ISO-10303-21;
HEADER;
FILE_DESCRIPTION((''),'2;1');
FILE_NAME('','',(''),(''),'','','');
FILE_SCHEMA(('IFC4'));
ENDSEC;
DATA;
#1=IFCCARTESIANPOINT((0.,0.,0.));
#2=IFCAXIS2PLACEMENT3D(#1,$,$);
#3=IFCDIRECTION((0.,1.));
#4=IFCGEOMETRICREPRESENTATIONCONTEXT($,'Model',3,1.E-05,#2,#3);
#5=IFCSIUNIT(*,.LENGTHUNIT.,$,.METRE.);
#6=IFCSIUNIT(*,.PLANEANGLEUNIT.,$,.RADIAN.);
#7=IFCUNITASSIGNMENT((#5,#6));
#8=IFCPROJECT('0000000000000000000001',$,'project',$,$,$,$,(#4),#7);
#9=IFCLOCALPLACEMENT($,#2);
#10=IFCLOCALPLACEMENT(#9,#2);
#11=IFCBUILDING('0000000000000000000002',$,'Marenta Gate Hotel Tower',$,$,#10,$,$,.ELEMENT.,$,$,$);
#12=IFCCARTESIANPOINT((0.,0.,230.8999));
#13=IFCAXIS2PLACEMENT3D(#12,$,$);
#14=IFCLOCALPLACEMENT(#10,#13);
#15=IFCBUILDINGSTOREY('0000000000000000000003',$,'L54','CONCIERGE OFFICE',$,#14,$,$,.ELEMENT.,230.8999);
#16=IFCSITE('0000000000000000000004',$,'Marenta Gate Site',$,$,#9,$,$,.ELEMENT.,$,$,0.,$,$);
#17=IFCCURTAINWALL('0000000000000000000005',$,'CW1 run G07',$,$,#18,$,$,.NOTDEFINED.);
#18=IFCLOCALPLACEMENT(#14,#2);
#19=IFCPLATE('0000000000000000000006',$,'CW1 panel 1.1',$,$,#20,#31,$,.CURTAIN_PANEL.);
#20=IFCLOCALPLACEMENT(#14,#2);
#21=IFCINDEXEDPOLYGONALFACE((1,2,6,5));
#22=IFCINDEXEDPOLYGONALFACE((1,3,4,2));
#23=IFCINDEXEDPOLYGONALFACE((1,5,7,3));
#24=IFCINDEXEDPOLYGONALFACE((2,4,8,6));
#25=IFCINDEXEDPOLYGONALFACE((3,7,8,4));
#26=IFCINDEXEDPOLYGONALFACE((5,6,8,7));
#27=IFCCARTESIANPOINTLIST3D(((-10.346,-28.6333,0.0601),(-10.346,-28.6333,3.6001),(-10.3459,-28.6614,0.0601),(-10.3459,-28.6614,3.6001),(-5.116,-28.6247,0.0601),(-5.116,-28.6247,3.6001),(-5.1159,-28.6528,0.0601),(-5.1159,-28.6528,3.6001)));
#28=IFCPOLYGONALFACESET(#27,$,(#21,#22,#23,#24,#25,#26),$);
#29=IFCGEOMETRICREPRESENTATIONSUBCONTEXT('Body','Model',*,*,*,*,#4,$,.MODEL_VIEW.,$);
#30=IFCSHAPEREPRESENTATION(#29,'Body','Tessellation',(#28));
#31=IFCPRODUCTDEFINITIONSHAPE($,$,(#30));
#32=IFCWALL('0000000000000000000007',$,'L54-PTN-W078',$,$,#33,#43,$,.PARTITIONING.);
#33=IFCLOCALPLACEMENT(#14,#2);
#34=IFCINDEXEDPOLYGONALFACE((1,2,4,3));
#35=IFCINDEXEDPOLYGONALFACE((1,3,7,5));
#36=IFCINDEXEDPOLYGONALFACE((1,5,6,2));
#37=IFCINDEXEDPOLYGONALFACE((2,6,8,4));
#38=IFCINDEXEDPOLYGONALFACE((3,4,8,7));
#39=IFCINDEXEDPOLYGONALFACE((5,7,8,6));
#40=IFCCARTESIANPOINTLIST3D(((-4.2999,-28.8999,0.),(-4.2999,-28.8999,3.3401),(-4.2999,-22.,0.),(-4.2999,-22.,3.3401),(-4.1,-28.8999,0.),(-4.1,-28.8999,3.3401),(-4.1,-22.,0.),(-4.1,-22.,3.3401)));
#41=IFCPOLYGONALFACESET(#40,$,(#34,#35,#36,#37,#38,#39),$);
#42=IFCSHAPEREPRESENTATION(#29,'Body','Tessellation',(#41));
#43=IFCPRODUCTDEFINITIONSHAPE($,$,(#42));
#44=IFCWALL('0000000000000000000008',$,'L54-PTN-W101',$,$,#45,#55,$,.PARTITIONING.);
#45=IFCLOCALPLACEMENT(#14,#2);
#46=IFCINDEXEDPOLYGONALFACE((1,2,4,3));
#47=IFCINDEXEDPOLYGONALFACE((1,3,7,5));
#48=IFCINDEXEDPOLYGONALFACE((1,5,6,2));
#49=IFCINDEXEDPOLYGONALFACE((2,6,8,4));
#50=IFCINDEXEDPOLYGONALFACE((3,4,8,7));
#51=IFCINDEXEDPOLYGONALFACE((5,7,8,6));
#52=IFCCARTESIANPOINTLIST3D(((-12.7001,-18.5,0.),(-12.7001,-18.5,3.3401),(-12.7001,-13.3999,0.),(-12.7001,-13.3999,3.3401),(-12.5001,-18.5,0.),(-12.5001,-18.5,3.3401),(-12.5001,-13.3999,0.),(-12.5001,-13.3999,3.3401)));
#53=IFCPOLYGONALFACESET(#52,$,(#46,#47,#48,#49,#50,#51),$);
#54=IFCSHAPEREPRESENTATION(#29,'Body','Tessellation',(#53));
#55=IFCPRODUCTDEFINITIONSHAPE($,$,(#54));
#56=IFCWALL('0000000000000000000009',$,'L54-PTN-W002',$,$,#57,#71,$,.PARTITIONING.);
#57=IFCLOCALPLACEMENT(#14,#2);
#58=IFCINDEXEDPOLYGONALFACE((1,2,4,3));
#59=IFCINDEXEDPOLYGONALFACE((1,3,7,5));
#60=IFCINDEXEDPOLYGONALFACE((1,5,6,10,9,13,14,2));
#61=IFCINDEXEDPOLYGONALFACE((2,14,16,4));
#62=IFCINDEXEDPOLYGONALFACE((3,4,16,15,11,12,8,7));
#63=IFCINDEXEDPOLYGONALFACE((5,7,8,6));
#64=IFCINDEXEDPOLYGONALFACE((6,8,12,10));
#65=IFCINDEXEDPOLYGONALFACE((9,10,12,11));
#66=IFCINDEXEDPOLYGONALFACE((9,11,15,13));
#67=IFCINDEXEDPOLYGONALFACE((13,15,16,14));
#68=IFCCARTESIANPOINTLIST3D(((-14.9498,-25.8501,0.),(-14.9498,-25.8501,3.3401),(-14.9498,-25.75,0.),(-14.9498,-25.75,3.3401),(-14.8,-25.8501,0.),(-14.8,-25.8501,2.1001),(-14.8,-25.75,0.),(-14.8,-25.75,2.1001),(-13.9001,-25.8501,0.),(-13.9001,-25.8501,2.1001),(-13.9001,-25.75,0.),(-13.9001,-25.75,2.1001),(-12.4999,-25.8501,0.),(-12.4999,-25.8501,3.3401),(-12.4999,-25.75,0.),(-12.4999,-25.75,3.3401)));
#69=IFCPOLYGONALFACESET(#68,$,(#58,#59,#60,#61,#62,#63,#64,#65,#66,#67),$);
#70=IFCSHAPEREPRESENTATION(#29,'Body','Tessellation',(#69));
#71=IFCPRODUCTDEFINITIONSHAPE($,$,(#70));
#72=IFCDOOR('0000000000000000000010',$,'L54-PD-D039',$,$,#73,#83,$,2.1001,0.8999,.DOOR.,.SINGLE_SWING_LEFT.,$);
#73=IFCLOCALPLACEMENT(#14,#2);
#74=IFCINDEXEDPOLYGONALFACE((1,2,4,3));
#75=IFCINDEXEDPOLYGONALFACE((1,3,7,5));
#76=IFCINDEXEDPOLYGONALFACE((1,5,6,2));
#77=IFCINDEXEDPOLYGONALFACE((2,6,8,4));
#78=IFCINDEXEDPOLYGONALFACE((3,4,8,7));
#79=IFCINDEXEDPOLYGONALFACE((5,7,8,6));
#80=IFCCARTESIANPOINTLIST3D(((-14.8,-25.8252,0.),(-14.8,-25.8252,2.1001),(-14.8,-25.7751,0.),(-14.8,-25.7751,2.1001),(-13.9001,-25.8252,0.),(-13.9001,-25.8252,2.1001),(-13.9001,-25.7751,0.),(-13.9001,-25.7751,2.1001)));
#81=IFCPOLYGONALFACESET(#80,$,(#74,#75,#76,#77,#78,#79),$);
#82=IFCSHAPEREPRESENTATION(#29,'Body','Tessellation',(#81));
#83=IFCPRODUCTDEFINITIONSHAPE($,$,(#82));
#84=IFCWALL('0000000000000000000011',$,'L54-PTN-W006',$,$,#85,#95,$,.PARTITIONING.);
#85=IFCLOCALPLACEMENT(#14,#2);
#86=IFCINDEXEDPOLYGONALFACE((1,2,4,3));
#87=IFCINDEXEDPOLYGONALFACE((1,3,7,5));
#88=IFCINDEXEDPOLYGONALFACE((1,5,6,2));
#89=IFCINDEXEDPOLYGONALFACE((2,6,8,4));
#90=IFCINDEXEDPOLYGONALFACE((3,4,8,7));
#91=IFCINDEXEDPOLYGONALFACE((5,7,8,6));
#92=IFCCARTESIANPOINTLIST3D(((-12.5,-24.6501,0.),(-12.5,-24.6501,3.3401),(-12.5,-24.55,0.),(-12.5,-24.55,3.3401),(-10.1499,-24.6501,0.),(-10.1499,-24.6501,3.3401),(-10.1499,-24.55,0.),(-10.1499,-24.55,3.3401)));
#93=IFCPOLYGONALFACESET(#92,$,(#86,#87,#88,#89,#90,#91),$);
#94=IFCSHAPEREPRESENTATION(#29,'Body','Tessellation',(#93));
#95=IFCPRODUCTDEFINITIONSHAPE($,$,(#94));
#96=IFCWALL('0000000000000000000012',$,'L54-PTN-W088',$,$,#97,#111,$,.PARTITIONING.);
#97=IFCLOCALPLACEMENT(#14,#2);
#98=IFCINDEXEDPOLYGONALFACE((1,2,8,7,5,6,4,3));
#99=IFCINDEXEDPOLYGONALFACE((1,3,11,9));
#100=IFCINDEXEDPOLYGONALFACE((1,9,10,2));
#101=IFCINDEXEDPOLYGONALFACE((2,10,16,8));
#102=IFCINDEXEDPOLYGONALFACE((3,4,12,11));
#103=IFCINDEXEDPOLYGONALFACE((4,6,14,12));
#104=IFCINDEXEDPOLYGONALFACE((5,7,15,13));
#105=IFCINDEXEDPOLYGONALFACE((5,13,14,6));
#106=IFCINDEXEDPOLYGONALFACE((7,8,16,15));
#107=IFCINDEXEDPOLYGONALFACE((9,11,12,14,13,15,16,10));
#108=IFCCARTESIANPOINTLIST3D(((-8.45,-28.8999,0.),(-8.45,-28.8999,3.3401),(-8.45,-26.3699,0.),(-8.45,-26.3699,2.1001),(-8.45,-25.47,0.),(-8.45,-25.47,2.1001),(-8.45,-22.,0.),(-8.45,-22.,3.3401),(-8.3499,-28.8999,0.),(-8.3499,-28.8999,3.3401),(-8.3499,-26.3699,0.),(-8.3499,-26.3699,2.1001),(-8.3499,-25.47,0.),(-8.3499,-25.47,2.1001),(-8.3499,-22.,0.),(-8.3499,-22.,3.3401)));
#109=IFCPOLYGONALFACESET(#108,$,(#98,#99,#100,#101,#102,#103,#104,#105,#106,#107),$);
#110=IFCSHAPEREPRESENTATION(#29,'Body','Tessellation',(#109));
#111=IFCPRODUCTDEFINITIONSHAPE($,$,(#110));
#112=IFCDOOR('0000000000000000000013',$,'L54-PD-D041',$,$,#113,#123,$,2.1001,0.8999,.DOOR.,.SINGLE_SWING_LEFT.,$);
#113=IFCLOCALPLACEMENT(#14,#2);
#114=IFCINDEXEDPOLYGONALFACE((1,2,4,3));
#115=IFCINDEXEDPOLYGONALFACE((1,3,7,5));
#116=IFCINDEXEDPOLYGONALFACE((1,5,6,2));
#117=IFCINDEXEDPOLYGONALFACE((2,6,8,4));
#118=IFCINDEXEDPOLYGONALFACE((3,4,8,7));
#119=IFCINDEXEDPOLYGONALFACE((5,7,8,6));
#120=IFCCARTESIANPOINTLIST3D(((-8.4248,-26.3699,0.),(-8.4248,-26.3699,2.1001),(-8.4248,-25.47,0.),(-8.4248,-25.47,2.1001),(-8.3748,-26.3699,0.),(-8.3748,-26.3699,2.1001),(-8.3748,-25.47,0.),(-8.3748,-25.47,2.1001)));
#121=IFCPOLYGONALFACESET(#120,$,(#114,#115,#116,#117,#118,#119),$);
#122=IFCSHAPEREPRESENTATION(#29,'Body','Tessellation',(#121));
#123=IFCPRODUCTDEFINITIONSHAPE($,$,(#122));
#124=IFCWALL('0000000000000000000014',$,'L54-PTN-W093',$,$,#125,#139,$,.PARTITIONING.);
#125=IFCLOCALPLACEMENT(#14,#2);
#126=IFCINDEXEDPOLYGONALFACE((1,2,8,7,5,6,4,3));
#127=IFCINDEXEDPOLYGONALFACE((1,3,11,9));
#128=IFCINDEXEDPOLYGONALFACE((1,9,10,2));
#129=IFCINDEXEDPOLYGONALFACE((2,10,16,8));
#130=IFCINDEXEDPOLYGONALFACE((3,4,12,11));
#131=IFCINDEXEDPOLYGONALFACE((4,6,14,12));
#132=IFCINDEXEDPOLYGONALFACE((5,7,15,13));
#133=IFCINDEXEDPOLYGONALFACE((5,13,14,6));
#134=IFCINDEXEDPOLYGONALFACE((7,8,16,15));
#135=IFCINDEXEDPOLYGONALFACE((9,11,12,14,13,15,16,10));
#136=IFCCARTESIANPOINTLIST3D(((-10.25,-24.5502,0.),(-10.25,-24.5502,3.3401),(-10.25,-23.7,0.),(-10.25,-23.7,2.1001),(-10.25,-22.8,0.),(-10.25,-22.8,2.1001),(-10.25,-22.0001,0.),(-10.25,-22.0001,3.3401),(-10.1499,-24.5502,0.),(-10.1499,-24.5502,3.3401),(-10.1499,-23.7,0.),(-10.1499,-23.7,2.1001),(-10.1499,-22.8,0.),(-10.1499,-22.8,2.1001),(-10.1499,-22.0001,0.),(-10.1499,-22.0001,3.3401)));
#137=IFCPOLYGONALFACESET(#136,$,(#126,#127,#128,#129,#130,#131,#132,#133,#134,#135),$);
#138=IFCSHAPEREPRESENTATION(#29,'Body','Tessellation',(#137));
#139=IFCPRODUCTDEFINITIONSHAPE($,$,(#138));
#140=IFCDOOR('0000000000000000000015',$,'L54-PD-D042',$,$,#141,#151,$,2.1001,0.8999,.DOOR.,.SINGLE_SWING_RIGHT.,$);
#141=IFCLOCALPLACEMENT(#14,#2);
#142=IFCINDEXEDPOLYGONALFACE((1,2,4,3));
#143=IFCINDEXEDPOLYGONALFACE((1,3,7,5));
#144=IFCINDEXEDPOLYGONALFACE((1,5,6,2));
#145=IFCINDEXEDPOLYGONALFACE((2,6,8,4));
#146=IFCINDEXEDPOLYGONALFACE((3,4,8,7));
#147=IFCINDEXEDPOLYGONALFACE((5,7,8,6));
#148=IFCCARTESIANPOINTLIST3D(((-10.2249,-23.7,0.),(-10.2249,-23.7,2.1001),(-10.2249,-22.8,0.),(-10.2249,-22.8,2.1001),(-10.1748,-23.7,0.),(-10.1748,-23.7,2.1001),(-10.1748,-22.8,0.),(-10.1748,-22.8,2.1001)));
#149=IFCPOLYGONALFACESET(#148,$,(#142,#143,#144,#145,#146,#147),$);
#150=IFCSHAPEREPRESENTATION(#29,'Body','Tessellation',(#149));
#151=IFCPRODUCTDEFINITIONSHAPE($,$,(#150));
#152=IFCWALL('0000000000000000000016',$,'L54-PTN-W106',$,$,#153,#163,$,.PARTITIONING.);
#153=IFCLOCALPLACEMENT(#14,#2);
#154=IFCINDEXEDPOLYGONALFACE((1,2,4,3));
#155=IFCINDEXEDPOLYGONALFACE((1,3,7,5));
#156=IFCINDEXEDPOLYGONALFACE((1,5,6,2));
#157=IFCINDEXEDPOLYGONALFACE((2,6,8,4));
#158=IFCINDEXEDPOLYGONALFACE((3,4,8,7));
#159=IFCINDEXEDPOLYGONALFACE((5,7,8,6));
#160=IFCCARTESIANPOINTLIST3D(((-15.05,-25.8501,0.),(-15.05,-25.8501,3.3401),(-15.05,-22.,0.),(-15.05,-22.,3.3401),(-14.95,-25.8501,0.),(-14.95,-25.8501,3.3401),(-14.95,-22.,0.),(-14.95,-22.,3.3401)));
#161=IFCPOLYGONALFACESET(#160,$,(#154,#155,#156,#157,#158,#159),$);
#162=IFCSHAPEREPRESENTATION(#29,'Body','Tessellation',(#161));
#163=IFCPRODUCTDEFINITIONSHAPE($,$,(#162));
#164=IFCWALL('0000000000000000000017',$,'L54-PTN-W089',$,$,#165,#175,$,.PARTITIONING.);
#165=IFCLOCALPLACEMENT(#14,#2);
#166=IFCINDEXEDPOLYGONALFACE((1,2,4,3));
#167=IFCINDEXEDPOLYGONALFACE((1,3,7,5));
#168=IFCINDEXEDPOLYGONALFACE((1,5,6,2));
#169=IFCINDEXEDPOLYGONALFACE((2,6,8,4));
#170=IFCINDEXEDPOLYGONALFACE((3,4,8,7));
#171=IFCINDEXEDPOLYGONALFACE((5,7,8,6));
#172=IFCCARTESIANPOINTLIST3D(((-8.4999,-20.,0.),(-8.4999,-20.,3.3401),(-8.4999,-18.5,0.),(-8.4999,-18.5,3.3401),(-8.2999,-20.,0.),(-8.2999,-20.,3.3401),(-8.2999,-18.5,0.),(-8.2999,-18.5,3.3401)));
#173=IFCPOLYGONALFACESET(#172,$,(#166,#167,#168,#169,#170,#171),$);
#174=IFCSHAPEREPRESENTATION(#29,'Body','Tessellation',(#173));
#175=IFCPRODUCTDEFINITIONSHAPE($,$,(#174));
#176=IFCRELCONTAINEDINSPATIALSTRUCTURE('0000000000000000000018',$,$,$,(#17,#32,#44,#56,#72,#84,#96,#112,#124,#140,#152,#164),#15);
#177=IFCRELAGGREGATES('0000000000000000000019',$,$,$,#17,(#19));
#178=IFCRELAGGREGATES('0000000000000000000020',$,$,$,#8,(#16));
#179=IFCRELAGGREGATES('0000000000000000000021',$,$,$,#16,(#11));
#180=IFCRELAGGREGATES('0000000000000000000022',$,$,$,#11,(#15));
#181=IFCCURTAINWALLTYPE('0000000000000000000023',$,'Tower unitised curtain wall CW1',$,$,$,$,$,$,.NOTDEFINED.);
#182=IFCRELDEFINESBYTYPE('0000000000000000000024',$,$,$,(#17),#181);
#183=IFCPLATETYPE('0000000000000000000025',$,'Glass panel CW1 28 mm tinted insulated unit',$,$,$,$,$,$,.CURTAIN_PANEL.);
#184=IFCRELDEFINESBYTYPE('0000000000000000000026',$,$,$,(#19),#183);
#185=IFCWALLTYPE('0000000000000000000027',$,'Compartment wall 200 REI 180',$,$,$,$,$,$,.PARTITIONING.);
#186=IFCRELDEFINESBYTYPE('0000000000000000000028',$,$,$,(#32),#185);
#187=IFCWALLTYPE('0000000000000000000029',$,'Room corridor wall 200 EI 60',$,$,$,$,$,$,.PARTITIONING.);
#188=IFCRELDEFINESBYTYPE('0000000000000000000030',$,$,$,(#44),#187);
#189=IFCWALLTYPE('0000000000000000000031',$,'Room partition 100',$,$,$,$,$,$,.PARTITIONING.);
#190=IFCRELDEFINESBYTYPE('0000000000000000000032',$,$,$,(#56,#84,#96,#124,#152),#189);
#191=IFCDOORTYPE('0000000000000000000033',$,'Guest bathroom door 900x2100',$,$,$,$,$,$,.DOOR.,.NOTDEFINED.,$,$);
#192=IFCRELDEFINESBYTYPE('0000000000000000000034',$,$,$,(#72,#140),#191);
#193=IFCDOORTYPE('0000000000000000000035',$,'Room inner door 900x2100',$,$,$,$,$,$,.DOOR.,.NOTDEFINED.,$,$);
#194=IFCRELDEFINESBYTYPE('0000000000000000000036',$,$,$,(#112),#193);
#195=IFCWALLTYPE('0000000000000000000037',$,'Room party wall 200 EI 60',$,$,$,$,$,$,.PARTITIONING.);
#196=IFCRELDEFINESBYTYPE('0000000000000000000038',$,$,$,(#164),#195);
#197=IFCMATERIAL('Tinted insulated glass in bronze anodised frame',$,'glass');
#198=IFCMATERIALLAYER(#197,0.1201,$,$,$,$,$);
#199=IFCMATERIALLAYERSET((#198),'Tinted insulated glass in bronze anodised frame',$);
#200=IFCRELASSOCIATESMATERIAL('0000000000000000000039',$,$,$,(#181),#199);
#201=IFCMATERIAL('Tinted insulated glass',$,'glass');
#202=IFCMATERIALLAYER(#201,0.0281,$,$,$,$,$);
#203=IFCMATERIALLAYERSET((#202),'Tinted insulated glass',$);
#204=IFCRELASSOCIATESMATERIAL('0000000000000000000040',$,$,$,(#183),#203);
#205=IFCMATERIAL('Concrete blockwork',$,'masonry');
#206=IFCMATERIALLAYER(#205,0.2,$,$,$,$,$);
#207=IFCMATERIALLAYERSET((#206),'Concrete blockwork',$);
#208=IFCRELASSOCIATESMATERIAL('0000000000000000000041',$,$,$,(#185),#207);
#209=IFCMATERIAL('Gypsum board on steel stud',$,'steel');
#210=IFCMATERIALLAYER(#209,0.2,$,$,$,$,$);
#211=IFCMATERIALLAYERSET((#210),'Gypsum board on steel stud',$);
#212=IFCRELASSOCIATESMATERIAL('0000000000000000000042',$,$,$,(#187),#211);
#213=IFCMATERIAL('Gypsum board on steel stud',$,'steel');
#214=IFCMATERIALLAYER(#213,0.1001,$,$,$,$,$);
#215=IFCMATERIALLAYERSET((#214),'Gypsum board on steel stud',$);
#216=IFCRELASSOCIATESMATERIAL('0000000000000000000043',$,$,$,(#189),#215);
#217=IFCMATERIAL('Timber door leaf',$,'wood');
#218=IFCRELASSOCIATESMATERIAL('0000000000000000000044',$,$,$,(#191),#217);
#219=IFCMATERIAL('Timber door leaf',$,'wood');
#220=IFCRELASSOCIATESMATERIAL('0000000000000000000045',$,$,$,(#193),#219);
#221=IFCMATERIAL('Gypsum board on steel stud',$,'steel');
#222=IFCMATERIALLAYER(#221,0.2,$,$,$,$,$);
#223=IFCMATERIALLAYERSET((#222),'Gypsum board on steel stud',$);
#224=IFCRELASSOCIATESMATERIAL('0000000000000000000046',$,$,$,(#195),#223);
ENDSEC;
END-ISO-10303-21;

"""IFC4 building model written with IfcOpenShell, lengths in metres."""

from ifc_helpers import new_model, si_unit, direction, frame, frame_2d, origin, origin_2d, place, context, subcontext, project, spatial, rectangle, extrude, material, layer, layer_set, type_object, element, fill, aggregate, save


model = new_model("IFC4")

# Units and contexts
model_context = context("Model", 3, precision=1e-05, world=origin(), true_north=direction((0.0, 1.0)))
body_context = subcontext(model_context, "Body", "Model", "MODEL_VIEW")
ifc_project = project(units=[si_unit("LENGTHUNIT", "METRE"), si_unit("PLANEANGLEUNIT", "RADIAN")], contexts=[model_context])

# Site, building, storey
site_placement = place(None, origin())
site = spatial("IfcSite", under=ifc_project, at=site_placement, Name="Marenta Gate Site", CompositionType="ELEMENT", RefElevation=0.0)
building_placement = place(site_placement, origin())
building = spatial("IfcBuilding", under=site, at=building_placement, Name="Marenta Gate Hotel Tower", CompositionType="ELEMENT")
storey_placement = place(building_placement, frame((0.0, 0.0, 230.8999)))
storey = spatial("IfcBuildingStorey", under=building, at=storey_placement, Name="L54", Description="CONCIERGE OFFICE", CompositionType="ELEMENT", Elevation=230.8999)

# Shared definitions
ifc_material_1 = material(Name="Tinted insulated glass in bronze anodised frame", Category="glass")
ifc_layer_1 = layer(ifc_material_1, 0.1201)
ifc_layer_set_1 = layer_set([ifc_layer_1], Name="Tinted insulated glass in bronze anodised frame")
curtain_wall_type = type_object("IfcCurtainWallType", Name="Tower unitised curtain wall CW1", PredefinedType="NOTDEFINED", material=ifc_layer_set_1)

# Curtain wall
curtain_wall_1_placement = place(storey_placement, origin())
curtain_wall_1 = element("IfcCurtainWall", 1, at=curtain_wall_1_placement, inside=storey, type_object=curtain_wall_type, Name="CW1 run G07", PredefinedType="NOTDEFINED")

# Plate
ifc_material_2 = material(Name="Tinted insulated glass", Category="glass")
ifc_layer_2 = layer(ifc_material_2, 0.0281)
ifc_layer_set_2 = layer_set([ifc_layer_2], Name="Tinted insulated glass")
plate_type = type_object("IfcPlateType", Name="Glass panel CW1 28 mm tinted insulated unit", PredefinedType="CURTAIN_PANEL", material=ifc_layer_set_2)
plate_1_placement = place(storey_placement, frame((-7.731, -28.6431, 0.0601), z_axis=(0.0, 0.0, 1.0), x_axis=(0.999999, 0.001645, 0.0)))
plate_1 = element("IfcPlate", 2, at=plate_1_placement, type_object=plate_type, Name="CW1 panel 1.1", PredefinedType="CURTAIN_PANEL", context=body_context, shape_type="SweptSolid", body=[
    extrude(rectangle(XDim=5.23, YDim=0.0281, at=origin_2d()), origin(), (0.0, 0.0, 1.0), 3.54),
])
aggregate(curtain_wall_1, [plate_1])

# Wall
ifc_material_3 = material(Name="Concrete blockwork", Category="masonry")
ifc_layer_3 = layer(ifc_material_3, 0.2)
ifc_layer_set_3 = layer_set([ifc_layer_3], Name="Concrete blockwork")
wall_type_1 = type_object("IfcWallType", Name="Compartment wall 200 REI 180", PredefinedType="PARTITIONING", material=ifc_layer_set_3)
wall_1_placement = place(storey_placement, frame((-4.2, -28.8999, 0.0), z_axis=(0.0, 0.0, 1.0), x_axis=(0.0, 1.0, 0.0)))
element("IfcWall", 3, at=wall_1_placement, inside=storey, type_object=wall_type_1, Name="L54-PTN-W078", PredefinedType="PARTITIONING", context=body_context, shape_type="SweptSolid", body=[
    extrude(rectangle(XDim=6.8999, YDim=0.2, at=frame_2d((3.45, 0.0))), origin(), (0.0, 0.0, 1.0), 3.3401),
])

# Wall
ifc_material_4 = material(Name="Gypsum board on steel stud", Category="steel")
ifc_layer_4 = layer(ifc_material_4, 0.2)
ifc_layer_set_4 = layer_set([ifc_layer_4], Name="Gypsum board on steel stud")
wall_type_2 = type_object("IfcWallType", Name="Room corridor wall 200 EI 60", PredefinedType="PARTITIONING", material=ifc_layer_set_4)
wall_2_placement = place(storey_placement, frame((-12.6001, -18.5, 0.0), z_axis=(0.0, 0.0, 1.0), x_axis=(0.0, 1.0, 0.0)))
element("IfcWall", 4, at=wall_2_placement, inside=storey, type_object=wall_type_2, Name="L54-PTN-W101", PredefinedType="PARTITIONING", context=body_context, shape_type="SweptSolid", body=[
    extrude(rectangle(XDim=5.1001, YDim=0.2, at=frame_2d((2.55, 0.0))), origin(), (0.0, 0.0, 1.0), 3.3401),
])

# Wall, opening, door
ifc_material_5 = material(Name="Gypsum board on steel stud", Category="steel")
ifc_layer_5 = layer(ifc_material_5, 0.1001)
ifc_layer_set_5 = layer_set([ifc_layer_5], Name="Gypsum board on steel stud")
wall_type_3 = type_object("IfcWallType", Name="Room partition 100", PredefinedType="PARTITIONING", material=ifc_layer_set_5)
wall_3_placement = place(storey_placement, frame((-14.95, -25.8, 0.0), z_axis=(0.0, 0.0, 1.0), x_axis=(1.0, 0.0, 0.0)))
wall_3 = element("IfcWall", 5, at=wall_3_placement, inside=storey, type_object=wall_type_3, Name="L54-PTN-W002", PredefinedType="PARTITIONING", context=body_context, shape_type="SweptSolid", body=[
    extrude(rectangle(XDim=2.45, YDim=0.1001, at=frame_2d((1.2251, 0.0))), origin(), (0.0, 0.0, 1.0), 3.3401),
])
opening_1_placement = place(wall_3_placement, frame((0.1499, 0.0, 0.0)))
opening_1 = element("IfcOpeningElement", 6, at=opening_1_placement, cuts=wall_3, PredefinedType="OPENING", context=body_context, shape_type="SweptSolid", body=[
    extrude(rectangle(XDim=0.8999, YDim=2.1001, at=frame_2d((0.45, 1.05))), frame((0.0, 0.05, 0.0), z_axis=(0.0, -1.0, 0.0), x_axis=(1.0, 0.0, 0.0)), (0.0, 0.0, 1.0), 0.1001),
])
ifc_material_6 = material(Name="Timber door leaf", Category="wood")
door_type_1 = type_object("IfcDoorType", Name="Guest bathroom door 900x2100", OperationType="NOTDEFINED", PredefinedType="DOOR", material=ifc_material_6)
door_1_placement = place(opening_1_placement, origin())
door_1 = element("IfcDoor", 7, at=door_1_placement, inside=storey, type_object=door_type_1, Name="L54-PD-D039", OperationType="SINGLE_SWING_LEFT", OverallHeight=2.1001, OverallWidth=0.8999, PredefinedType="DOOR", context=body_context, shape_type="SweptSolid", body=[
    extrude(rectangle(XDim=0.8999, YDim=2.1001, at=frame_2d((0.45, 1.05))), frame((0.0, 0.0249, 0.0), z_axis=(0.0, -1.0, 0.0), x_axis=(1.0, 0.0, 0.0)), (0.0, 0.0, 1.0), 0.05),
])
fill(opening_1, door_1)

# Wall
wall_4_placement = place(storey_placement, frame((-12.5, -24.6001, 0.0), z_axis=(0.0, 0.0, 1.0), x_axis=(1.0, 0.0, 0.0)))
element("IfcWall", 8, at=wall_4_placement, inside=storey, type_object=wall_type_3, Name="L54-PTN-W006", PredefinedType="PARTITIONING", context=body_context, shape_type="SweptSolid", body=[
    extrude(rectangle(XDim=2.3501, YDim=0.1001, at=frame_2d((1.175, 0.0))), origin(), (0.0, 0.0, 1.0), 3.3401),
])

# Walls, openings, doors
wall_5_placement = place(storey_placement, frame((-8.3999, -28.8999, 0.0), z_axis=(0.0, 0.0, 1.0), x_axis=(0.0, 1.0, 0.0)))
wall_5 = element("IfcWall", 9, at=wall_5_placement, inside=storey, type_object=wall_type_3, Name="L54-PTN-W088", PredefinedType="PARTITIONING", context=body_context, shape_type="SweptSolid", body=[
    extrude(rectangle(XDim=6.8999, YDim=0.1001, at=frame_2d((3.45, 0.0))), origin(), (0.0, 0.0, 1.0), 3.3401),
])
opening_2_placement = place(wall_5_placement, frame((2.53, 0.0, 0.0)))
opening_2 = element("IfcOpeningElement", 10, at=opening_2_placement, cuts=wall_5, PredefinedType="OPENING", context=body_context, shape_type="SweptSolid", body=[
    extrude(rectangle(XDim=0.8999, YDim=2.1001, at=frame_2d((0.45, 1.05))), frame((0.0, 0.05, 0.0), z_axis=(0.0, -1.0, 0.0), x_axis=(1.0, 0.0, 0.0)), (0.0, 0.0, 1.0), 0.1001),
])
ifc_material_7 = material(Name="Timber door leaf", Category="wood")
door_type_2 = type_object("IfcDoorType", Name="Room inner door 900x2100", OperationType="NOTDEFINED", PredefinedType="DOOR", material=ifc_material_7)
door_2_placement = place(opening_2_placement, origin())
door_2 = element("IfcDoor", 11, at=door_2_placement, inside=storey, type_object=door_type_2, Name="L54-PD-D041", OperationType="SINGLE_SWING_LEFT", OverallHeight=2.1001, OverallWidth=0.8999, PredefinedType="DOOR", context=body_context, shape_type="SweptSolid", body=[
    extrude(rectangle(XDim=0.8999, YDim=2.1001, at=frame_2d((0.45, 1.05))), frame((0.0, 0.0249, 0.0), z_axis=(0.0, -1.0, 0.0), x_axis=(1.0, 0.0, 0.0)), (0.0, 0.0, 1.0), 0.05),
])
fill(opening_2, door_2)
wall_6_placement = place(storey_placement, frame((-10.2, -24.55, 0.0), z_axis=(0.0, 0.0, 1.0), x_axis=(0.0, 1.0, 0.0)))
wall_6 = element("IfcWall", 12, at=wall_6_placement, inside=storey, type_object=wall_type_3, Name="L54-PTN-W093", PredefinedType="PARTITIONING", context=body_context, shape_type="SweptSolid", body=[
    extrude(rectangle(XDim=2.55, YDim=0.1001, at=frame_2d((1.2749, 0.0))), origin(), (0.0, 0.0, 1.0), 3.3401),
])
opening_3_placement = place(wall_6_placement, frame((0.8501, 0.0, 0.0)))
opening_3 = element("IfcOpeningElement", 13, at=opening_3_placement, cuts=wall_6, PredefinedType="OPENING", context=body_context, shape_type="SweptSolid", body=[
    extrude(rectangle(XDim=0.8999, YDim=2.1001, at=frame_2d((0.45, 1.05))), frame((0.0, 0.05, 0.0), z_axis=(0.0, -1.0, 0.0), x_axis=(1.0, 0.0, 0.0)), (0.0, 0.0, 1.0), 0.1001),
])
door_3_placement = place(opening_3_placement, origin())
door_3 = element("IfcDoor", 14, at=door_3_placement, inside=storey, type_object=door_type_1, Name="L54-PD-D042", OperationType="SINGLE_SWING_RIGHT", OverallHeight=2.1001, OverallWidth=0.8999, PredefinedType="DOOR", context=body_context, shape_type="SweptSolid", body=[
    extrude(rectangle(XDim=0.8999, YDim=2.1001, at=frame_2d((0.45, 1.05))), frame((0.0, 0.0249, 0.0), z_axis=(0.0, -1.0, 0.0), x_axis=(1.0, 0.0, 0.0)), (0.0, 0.0, 1.0), 0.05),
])
fill(opening_3, door_3)

# Walls
wall_7_placement = place(storey_placement, frame((-15.0, -25.8501, 0.0), z_axis=(0.0, 0.0, 1.0), x_axis=(0.0, 1.0, 0.0)))
element("IfcWall", 15, at=wall_7_placement, inside=storey, type_object=wall_type_3, Name="L54-PTN-W106", PredefinedType="PARTITIONING", context=body_context, shape_type="SweptSolid", body=[
    extrude(rectangle(XDim=3.8501, YDim=0.1001, at=frame_2d((1.925, 0.0))), origin(), (0.0, 0.0, 1.0), 3.3401),
])
ifc_material_8 = material(Name="Gypsum board on steel stud", Category="steel")
ifc_layer_6 = layer(ifc_material_8, 0.2)
ifc_layer_set_6 = layer_set([ifc_layer_6], Name="Gypsum board on steel stud")
wall_type_4 = type_object("IfcWallType", Name="Room party wall 200 EI 60", PredefinedType="PARTITIONING", material=ifc_layer_set_6)
wall_8_placement = place(storey_placement, frame((-8.3999, -20.0, 0.0), z_axis=(0.0, 0.0, 1.0), x_axis=(0.0, 1.0, 0.0)))
element("IfcWall", 16, at=wall_8_placement, inside=storey, type_object=wall_type_4, Name="L54-PTN-W089", PredefinedType="PARTITIONING", context=body_context, shape_type="SweptSolid", body=[
    extrude(rectangle(XDim=1.5, YDim=0.2, at=frame_2d((0.75, 0.0))), origin(), (0.0, 0.0, 1.0), 3.3401),
])

save(model, "model.ifc")
